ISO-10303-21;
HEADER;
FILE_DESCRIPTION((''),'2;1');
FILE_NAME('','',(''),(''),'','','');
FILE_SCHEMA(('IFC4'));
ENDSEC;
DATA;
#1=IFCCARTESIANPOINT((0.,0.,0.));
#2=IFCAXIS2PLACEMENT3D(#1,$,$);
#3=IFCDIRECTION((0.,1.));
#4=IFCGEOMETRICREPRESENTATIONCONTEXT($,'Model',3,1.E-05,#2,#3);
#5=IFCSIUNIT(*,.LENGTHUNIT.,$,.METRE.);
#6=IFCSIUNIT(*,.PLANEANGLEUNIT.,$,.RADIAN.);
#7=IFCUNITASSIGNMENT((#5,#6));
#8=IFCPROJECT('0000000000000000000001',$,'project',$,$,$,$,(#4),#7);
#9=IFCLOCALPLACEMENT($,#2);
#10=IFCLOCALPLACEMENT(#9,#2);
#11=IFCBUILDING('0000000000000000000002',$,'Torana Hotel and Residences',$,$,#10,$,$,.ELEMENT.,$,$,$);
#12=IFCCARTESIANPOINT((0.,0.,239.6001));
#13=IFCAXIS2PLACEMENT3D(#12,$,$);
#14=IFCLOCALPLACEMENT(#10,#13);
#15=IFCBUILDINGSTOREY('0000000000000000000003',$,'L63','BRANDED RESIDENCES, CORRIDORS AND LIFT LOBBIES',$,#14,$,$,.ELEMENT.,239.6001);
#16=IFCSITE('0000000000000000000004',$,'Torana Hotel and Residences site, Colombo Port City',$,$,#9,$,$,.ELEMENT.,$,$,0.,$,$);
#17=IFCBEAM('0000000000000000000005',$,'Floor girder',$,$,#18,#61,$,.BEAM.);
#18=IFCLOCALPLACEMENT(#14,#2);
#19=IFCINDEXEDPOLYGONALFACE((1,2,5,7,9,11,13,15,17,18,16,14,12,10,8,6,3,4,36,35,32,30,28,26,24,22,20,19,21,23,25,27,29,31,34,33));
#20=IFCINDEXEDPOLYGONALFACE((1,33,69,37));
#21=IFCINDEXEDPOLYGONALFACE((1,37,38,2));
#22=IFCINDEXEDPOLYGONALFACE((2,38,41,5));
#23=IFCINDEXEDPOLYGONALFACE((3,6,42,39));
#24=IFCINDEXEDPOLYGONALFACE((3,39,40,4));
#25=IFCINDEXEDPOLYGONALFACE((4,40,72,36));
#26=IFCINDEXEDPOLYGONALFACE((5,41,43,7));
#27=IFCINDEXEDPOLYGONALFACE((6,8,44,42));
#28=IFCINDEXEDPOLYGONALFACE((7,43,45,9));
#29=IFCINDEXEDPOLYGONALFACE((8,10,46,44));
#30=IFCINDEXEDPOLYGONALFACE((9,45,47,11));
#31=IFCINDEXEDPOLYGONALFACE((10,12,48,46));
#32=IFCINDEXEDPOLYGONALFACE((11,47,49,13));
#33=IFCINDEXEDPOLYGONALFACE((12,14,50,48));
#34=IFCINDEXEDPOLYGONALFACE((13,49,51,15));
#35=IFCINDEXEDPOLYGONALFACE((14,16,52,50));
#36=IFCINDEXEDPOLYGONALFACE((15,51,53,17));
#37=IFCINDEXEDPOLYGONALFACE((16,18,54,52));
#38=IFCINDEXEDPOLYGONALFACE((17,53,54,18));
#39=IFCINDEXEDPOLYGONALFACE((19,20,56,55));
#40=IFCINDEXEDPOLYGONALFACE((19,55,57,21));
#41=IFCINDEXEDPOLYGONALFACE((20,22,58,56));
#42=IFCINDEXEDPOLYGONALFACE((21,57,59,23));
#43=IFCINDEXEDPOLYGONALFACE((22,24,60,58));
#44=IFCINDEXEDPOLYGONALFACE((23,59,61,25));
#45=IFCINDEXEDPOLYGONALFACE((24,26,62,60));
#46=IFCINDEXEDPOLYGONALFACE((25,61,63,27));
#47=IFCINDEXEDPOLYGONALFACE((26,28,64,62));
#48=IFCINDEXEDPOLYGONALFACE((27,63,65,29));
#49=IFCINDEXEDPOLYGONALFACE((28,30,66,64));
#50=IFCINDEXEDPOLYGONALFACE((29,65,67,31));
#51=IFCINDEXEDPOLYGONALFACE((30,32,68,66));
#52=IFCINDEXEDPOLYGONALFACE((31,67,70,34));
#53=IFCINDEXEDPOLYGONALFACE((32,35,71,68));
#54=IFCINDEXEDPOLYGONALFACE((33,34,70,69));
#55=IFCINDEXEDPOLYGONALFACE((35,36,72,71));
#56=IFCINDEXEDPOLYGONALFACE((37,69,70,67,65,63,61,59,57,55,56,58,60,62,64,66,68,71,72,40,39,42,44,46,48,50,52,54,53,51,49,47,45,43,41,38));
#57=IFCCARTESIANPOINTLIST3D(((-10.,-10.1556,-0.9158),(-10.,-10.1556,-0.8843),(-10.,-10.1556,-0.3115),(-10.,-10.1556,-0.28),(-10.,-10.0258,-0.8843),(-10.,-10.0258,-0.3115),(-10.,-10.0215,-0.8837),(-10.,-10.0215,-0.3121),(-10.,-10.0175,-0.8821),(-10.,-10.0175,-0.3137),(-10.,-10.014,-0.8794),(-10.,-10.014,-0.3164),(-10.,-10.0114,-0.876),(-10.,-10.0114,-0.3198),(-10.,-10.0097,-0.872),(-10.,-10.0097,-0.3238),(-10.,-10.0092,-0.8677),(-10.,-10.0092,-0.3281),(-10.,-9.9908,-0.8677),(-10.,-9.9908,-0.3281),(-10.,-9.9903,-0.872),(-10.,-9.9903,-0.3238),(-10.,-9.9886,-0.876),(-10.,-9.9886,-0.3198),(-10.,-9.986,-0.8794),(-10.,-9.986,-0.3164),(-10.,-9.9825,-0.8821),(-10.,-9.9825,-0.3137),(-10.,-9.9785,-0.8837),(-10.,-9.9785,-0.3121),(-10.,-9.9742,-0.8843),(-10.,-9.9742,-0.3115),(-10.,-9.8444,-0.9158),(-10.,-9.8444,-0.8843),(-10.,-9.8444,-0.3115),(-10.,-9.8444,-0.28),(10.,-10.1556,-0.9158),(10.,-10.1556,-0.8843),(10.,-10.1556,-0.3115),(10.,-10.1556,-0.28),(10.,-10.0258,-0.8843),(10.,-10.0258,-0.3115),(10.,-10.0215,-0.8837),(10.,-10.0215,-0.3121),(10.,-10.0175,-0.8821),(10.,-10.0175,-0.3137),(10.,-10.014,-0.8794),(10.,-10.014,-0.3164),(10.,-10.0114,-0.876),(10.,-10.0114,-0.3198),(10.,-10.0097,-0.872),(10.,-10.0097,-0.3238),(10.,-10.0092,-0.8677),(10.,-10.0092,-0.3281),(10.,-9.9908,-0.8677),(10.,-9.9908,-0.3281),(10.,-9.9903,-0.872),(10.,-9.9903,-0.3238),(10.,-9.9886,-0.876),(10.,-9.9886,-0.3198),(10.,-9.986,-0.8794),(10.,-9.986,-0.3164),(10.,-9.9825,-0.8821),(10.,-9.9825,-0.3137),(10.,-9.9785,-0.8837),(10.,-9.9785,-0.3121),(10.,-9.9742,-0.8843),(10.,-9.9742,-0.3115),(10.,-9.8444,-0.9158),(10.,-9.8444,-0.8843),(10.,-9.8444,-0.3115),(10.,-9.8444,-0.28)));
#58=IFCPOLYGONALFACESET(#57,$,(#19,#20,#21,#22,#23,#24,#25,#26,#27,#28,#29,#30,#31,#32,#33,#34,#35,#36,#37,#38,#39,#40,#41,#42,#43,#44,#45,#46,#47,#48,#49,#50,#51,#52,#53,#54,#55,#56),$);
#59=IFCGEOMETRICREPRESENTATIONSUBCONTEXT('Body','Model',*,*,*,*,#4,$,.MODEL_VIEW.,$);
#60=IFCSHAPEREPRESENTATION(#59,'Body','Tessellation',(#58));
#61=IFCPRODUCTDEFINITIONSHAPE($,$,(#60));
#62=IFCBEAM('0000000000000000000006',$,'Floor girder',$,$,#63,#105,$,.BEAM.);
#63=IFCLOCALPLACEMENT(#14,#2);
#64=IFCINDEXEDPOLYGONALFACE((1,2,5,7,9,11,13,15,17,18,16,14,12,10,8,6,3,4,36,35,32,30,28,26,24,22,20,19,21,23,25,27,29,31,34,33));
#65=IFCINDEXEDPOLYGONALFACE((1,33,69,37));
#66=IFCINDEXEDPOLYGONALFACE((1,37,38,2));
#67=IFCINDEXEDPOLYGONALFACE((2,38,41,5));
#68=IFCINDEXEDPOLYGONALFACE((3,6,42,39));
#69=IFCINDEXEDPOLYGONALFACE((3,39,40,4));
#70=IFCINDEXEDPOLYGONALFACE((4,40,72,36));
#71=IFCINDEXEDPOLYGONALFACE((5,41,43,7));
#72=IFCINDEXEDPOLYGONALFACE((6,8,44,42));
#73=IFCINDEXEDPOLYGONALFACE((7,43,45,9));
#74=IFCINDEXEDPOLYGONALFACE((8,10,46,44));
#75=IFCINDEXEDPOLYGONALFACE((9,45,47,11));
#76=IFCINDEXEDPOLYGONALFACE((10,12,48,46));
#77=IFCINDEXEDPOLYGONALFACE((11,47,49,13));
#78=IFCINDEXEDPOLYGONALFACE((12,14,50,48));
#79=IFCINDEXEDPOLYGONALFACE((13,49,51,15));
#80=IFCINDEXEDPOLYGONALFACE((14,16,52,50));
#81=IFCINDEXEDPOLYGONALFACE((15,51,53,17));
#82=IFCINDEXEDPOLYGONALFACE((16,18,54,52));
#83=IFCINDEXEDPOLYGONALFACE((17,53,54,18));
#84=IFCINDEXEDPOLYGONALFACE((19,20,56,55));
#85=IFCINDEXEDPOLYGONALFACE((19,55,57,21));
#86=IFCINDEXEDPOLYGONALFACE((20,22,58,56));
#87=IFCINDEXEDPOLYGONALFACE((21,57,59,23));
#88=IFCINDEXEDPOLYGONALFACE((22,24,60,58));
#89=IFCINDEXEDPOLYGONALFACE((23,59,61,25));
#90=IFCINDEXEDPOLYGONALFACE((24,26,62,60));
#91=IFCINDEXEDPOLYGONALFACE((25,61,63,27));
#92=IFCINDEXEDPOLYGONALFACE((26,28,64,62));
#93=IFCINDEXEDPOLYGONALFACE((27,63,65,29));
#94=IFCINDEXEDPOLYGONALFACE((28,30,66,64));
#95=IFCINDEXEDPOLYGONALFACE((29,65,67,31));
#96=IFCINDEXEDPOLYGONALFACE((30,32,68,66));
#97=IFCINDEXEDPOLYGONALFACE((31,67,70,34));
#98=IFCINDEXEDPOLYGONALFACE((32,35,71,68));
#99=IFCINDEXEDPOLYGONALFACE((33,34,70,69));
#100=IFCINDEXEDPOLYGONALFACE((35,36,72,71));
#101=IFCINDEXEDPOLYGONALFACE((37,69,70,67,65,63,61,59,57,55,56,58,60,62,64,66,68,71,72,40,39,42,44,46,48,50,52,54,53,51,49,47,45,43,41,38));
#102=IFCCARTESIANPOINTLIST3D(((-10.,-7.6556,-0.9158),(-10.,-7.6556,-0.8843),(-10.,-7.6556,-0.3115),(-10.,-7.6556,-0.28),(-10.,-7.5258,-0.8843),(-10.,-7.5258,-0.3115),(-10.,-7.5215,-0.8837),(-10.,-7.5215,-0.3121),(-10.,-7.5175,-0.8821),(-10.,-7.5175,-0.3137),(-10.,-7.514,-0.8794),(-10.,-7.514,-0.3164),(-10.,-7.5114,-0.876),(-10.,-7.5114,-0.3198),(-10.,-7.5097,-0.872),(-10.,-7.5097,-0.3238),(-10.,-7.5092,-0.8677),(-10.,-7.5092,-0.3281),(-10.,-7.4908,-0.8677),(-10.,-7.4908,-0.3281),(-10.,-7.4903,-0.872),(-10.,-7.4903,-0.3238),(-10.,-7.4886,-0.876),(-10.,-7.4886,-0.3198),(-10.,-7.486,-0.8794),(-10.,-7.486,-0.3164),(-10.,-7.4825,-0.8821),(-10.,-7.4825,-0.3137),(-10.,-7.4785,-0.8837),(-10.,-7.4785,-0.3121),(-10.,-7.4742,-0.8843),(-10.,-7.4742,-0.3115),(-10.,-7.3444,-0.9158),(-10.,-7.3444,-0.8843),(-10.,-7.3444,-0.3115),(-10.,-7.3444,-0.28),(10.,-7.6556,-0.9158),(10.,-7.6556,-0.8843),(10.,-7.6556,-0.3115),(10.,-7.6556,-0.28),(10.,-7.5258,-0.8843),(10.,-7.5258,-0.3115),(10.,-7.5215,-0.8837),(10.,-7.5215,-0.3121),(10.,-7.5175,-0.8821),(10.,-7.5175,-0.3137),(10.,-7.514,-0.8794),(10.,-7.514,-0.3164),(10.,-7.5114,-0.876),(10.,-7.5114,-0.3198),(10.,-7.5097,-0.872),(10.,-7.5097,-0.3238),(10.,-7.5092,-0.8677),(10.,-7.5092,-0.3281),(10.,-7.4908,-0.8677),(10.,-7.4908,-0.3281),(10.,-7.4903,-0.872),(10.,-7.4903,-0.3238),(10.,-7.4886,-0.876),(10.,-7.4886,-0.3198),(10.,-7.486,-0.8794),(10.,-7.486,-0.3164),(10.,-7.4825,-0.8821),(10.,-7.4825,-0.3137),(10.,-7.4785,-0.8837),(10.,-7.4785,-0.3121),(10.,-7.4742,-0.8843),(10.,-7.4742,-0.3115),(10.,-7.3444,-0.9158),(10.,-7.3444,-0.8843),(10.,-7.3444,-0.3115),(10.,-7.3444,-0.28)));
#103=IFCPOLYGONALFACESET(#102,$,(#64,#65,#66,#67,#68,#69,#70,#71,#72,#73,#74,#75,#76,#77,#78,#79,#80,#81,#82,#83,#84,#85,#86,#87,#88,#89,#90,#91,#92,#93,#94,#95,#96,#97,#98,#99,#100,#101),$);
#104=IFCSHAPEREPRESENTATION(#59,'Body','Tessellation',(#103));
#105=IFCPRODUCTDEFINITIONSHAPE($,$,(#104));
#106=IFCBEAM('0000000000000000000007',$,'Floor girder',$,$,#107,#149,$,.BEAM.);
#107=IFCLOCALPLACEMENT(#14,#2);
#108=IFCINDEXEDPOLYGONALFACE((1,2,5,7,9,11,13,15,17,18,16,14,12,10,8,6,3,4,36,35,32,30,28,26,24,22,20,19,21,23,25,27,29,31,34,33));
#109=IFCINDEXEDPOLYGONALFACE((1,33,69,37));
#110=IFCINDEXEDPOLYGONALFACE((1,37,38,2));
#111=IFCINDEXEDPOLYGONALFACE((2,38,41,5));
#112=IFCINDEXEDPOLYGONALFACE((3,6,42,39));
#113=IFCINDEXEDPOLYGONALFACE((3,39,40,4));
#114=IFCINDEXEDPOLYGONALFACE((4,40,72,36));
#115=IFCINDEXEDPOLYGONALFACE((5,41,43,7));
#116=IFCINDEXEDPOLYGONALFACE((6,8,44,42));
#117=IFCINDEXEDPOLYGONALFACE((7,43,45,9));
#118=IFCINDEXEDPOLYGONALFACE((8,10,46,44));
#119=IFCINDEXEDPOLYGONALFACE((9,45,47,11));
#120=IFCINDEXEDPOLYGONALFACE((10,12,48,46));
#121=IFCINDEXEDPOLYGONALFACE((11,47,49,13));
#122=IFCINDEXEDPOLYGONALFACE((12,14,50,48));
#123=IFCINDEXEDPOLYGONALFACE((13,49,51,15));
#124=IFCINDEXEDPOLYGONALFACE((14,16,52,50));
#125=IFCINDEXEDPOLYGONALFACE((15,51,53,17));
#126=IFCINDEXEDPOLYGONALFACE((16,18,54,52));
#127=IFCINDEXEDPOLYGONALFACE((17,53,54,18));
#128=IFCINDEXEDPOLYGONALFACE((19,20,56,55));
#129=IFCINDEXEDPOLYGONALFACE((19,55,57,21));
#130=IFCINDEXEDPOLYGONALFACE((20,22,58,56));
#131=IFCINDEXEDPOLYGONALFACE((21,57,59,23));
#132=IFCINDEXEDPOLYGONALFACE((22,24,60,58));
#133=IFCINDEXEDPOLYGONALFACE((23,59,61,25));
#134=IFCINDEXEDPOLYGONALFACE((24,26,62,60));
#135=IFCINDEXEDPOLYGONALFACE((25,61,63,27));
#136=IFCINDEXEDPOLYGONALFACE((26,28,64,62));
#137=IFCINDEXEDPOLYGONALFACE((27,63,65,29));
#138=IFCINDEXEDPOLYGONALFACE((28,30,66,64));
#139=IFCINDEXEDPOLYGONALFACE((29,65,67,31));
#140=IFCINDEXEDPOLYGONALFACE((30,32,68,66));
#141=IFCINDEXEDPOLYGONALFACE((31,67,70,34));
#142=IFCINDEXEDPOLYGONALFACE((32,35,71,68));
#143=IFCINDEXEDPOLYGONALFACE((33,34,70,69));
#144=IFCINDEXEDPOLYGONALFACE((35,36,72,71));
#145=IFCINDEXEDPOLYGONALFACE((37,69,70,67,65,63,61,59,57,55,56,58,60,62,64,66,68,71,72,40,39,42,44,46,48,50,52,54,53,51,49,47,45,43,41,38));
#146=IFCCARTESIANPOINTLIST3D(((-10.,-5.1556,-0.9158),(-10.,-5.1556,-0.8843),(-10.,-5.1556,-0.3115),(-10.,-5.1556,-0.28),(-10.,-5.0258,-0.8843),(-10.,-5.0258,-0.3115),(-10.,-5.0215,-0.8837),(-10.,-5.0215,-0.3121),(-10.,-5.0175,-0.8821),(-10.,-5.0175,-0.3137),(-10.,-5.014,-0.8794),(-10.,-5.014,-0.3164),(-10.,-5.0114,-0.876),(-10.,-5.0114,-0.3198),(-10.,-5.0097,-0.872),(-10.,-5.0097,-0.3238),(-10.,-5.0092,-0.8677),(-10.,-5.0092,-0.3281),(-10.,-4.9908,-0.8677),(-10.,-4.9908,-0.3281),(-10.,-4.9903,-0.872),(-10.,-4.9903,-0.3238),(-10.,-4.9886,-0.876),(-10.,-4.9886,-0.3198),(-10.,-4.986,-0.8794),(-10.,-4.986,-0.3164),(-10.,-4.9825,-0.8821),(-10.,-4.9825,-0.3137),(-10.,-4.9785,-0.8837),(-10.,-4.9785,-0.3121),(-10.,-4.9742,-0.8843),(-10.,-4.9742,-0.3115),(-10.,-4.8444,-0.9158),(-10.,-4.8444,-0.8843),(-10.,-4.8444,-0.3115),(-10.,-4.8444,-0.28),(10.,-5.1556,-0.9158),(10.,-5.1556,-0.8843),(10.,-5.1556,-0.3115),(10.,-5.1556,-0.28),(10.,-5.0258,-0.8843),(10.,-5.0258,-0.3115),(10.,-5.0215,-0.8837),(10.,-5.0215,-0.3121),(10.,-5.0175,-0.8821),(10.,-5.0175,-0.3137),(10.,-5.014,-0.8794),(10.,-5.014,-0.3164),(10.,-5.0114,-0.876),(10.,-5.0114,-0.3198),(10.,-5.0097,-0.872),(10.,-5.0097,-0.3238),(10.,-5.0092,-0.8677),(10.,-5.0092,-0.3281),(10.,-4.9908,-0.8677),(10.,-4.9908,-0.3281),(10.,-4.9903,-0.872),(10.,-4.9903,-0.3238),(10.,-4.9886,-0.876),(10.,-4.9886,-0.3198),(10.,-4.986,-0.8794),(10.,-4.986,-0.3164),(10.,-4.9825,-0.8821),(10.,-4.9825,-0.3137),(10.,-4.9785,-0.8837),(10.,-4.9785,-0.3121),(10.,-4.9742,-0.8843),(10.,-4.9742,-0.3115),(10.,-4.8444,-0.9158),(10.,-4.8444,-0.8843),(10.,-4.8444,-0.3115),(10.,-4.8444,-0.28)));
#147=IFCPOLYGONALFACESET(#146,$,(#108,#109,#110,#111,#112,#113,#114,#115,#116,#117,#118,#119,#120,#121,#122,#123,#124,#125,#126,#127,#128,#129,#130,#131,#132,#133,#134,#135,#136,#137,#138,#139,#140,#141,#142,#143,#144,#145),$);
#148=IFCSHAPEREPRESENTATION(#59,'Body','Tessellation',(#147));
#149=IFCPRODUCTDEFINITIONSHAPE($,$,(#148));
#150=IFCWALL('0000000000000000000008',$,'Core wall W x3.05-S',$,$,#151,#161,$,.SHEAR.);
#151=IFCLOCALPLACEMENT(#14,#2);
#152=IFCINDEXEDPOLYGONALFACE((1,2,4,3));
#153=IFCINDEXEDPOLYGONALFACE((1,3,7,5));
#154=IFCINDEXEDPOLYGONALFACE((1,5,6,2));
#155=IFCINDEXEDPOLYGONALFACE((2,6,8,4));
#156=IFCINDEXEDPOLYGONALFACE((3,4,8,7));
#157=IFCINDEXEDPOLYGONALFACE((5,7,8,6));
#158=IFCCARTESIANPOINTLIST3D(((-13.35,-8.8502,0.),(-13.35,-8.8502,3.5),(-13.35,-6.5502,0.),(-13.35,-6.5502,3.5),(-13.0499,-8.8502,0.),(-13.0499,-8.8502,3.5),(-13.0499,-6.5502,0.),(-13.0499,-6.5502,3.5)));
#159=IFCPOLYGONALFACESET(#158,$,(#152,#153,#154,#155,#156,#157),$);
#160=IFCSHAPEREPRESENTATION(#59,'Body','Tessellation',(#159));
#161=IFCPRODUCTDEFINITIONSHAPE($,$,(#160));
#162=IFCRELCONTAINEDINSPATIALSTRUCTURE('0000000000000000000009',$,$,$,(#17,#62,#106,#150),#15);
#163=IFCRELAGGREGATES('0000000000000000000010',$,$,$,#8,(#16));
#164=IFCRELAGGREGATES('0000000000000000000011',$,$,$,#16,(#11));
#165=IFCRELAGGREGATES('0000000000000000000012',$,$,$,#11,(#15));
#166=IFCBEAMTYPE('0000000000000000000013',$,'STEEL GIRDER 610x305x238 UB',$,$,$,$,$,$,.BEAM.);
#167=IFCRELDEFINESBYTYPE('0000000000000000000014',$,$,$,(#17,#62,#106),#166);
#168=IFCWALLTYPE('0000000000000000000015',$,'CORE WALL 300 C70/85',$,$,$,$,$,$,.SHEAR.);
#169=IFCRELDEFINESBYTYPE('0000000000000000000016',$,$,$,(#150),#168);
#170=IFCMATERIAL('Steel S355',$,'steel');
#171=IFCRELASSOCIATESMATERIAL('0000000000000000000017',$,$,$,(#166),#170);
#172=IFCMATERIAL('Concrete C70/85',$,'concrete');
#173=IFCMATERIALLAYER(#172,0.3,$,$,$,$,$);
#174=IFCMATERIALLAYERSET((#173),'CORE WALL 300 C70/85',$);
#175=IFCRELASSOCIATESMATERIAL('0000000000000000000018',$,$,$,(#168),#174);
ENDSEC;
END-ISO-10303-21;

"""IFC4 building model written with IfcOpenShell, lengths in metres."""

from ifc_helpers import new_model, si_unit, direction, frame, frame_2d, origin, origin_2d, place, context, subcontext, project, spatial, rectangle, i_section, extrude, material, layer, layer_set, material_profile, profile_set, type_object, element, save


model = new_model("IFC4")

# Units and contexts
model_context = context("Model", 3, precision=1e-05, world=origin(), true_north=direction((0.0, 1.0)))
body_context = subcontext(model_context, "Body", "Model", "MODEL_VIEW")
ifc_project = project(units=[si_unit("LENGTHUNIT", "METRE"), si_unit("PLANEANGLEUNIT", "RADIAN")], contexts=[model_context])

# Site, building, storey
site_placement = place(None, origin())
site = spatial("IfcSite", under=ifc_project, at=site_placement, Name="Torana Hotel and Residences site, Colombo Port City", CompositionType="ELEMENT", RefElevation=0.0)
building_placement = place(site_placement, origin())
building = spatial("IfcBuilding", under=site, at=building_placement, Name="Torana Hotel and Residences", CompositionType="ELEMENT")
storey_placement = place(building_placement, frame((0.0, 0.0, 239.6001)))
storey = spatial("IfcBuildingStorey", under=building, at=storey_placement, Name="L63", Description="BRANDED RESIDENCES, CORRIDORS AND LIFT LOBBIES", CompositionType="ELEMENT", Elevation=239.6001)

# Beams
ifc_material_1 = material(Name="Steel S355", Category="steel")
ifc_material_profile = material_profile(ifc_material_1, i_section(OverallWidth=0.3113, OverallDepth=0.6357, WebThickness=0.0183, FlangeThickness=0.0315, FilletRadius=0.0166, at=origin_2d()), Name="610x305x238 UB")
ifc_profile_set = profile_set([ifc_material_profile], Name="Steel S355")
beam_type = type_object("IfcBeamType", Name="STEEL GIRDER 610x305x238 UB", PredefinedType="BEAM", material=ifc_profile_set)
for number, where, z_axis, x_axis, name in (
    (1, (-10.0, -10.0, -0.5979), (1.0, 0.0, 0.0), (0.0, 1.0, 0.0), "Floor girder"),
    (2, (-10.0, -7.5, -0.5979), (1.0, 0.0, 0.0), (0.0, 1.0, 0.0), "Floor girder"),
    (3, (-10.0, -5.0, -0.5979), (1.0, 0.0, 0.0), (0.0, 1.0, 0.0), "Floor girder"),
):
    element("IfcBeam", number, at=place(storey_placement, frame(where, z_axis=z_axis, x_axis=x_axis)), inside=storey, type_object=beam_type, Name=name, PredefinedType="BEAM", context=body_context, shape_type="SweptSolid", body=[
        extrude(i_section(OverallWidth=0.3113, OverallDepth=0.6357, WebThickness=0.0183, FlangeThickness=0.0315, FilletRadius=0.0166, at=origin_2d()), origin(), (0.0, 0.0, 1.0), 20.0),
    ])

# Wall
ifc_material_2 = material(Name="Concrete C70/85", Category="concrete")
ifc_layer_1 = layer(ifc_material_2, 0.3)
ifc_layer_set_1 = layer_set([ifc_layer_1], Name="CORE WALL 300 C70/85")
wall_type_1 = type_object("IfcWallType", Name="CORE WALL 300 C70/85", PredefinedType="SHEAR", material=ifc_layer_set_1)
wall_1_placement = place(storey_placement, frame((-13.2, -8.8501, 0.0), z_axis=(0.0, 0.0, 1.0), x_axis=(0.0, 1.0, 0.0)))
element("IfcWall", 4, at=wall_1_placement, inside=storey, type_object=wall_type_1, Name="Core wall W x3.05-S", PredefinedType="SHEAR", context=body_context, shape_type="SweptSolid", body=[
    extrude(rectangle(XDim=2.3, YDim=0.3, at=frame_2d((1.1499, 0.0))), origin(), (0.0, 0.0, 1.0), 3.5),
])

save(model, "model.ifc")
